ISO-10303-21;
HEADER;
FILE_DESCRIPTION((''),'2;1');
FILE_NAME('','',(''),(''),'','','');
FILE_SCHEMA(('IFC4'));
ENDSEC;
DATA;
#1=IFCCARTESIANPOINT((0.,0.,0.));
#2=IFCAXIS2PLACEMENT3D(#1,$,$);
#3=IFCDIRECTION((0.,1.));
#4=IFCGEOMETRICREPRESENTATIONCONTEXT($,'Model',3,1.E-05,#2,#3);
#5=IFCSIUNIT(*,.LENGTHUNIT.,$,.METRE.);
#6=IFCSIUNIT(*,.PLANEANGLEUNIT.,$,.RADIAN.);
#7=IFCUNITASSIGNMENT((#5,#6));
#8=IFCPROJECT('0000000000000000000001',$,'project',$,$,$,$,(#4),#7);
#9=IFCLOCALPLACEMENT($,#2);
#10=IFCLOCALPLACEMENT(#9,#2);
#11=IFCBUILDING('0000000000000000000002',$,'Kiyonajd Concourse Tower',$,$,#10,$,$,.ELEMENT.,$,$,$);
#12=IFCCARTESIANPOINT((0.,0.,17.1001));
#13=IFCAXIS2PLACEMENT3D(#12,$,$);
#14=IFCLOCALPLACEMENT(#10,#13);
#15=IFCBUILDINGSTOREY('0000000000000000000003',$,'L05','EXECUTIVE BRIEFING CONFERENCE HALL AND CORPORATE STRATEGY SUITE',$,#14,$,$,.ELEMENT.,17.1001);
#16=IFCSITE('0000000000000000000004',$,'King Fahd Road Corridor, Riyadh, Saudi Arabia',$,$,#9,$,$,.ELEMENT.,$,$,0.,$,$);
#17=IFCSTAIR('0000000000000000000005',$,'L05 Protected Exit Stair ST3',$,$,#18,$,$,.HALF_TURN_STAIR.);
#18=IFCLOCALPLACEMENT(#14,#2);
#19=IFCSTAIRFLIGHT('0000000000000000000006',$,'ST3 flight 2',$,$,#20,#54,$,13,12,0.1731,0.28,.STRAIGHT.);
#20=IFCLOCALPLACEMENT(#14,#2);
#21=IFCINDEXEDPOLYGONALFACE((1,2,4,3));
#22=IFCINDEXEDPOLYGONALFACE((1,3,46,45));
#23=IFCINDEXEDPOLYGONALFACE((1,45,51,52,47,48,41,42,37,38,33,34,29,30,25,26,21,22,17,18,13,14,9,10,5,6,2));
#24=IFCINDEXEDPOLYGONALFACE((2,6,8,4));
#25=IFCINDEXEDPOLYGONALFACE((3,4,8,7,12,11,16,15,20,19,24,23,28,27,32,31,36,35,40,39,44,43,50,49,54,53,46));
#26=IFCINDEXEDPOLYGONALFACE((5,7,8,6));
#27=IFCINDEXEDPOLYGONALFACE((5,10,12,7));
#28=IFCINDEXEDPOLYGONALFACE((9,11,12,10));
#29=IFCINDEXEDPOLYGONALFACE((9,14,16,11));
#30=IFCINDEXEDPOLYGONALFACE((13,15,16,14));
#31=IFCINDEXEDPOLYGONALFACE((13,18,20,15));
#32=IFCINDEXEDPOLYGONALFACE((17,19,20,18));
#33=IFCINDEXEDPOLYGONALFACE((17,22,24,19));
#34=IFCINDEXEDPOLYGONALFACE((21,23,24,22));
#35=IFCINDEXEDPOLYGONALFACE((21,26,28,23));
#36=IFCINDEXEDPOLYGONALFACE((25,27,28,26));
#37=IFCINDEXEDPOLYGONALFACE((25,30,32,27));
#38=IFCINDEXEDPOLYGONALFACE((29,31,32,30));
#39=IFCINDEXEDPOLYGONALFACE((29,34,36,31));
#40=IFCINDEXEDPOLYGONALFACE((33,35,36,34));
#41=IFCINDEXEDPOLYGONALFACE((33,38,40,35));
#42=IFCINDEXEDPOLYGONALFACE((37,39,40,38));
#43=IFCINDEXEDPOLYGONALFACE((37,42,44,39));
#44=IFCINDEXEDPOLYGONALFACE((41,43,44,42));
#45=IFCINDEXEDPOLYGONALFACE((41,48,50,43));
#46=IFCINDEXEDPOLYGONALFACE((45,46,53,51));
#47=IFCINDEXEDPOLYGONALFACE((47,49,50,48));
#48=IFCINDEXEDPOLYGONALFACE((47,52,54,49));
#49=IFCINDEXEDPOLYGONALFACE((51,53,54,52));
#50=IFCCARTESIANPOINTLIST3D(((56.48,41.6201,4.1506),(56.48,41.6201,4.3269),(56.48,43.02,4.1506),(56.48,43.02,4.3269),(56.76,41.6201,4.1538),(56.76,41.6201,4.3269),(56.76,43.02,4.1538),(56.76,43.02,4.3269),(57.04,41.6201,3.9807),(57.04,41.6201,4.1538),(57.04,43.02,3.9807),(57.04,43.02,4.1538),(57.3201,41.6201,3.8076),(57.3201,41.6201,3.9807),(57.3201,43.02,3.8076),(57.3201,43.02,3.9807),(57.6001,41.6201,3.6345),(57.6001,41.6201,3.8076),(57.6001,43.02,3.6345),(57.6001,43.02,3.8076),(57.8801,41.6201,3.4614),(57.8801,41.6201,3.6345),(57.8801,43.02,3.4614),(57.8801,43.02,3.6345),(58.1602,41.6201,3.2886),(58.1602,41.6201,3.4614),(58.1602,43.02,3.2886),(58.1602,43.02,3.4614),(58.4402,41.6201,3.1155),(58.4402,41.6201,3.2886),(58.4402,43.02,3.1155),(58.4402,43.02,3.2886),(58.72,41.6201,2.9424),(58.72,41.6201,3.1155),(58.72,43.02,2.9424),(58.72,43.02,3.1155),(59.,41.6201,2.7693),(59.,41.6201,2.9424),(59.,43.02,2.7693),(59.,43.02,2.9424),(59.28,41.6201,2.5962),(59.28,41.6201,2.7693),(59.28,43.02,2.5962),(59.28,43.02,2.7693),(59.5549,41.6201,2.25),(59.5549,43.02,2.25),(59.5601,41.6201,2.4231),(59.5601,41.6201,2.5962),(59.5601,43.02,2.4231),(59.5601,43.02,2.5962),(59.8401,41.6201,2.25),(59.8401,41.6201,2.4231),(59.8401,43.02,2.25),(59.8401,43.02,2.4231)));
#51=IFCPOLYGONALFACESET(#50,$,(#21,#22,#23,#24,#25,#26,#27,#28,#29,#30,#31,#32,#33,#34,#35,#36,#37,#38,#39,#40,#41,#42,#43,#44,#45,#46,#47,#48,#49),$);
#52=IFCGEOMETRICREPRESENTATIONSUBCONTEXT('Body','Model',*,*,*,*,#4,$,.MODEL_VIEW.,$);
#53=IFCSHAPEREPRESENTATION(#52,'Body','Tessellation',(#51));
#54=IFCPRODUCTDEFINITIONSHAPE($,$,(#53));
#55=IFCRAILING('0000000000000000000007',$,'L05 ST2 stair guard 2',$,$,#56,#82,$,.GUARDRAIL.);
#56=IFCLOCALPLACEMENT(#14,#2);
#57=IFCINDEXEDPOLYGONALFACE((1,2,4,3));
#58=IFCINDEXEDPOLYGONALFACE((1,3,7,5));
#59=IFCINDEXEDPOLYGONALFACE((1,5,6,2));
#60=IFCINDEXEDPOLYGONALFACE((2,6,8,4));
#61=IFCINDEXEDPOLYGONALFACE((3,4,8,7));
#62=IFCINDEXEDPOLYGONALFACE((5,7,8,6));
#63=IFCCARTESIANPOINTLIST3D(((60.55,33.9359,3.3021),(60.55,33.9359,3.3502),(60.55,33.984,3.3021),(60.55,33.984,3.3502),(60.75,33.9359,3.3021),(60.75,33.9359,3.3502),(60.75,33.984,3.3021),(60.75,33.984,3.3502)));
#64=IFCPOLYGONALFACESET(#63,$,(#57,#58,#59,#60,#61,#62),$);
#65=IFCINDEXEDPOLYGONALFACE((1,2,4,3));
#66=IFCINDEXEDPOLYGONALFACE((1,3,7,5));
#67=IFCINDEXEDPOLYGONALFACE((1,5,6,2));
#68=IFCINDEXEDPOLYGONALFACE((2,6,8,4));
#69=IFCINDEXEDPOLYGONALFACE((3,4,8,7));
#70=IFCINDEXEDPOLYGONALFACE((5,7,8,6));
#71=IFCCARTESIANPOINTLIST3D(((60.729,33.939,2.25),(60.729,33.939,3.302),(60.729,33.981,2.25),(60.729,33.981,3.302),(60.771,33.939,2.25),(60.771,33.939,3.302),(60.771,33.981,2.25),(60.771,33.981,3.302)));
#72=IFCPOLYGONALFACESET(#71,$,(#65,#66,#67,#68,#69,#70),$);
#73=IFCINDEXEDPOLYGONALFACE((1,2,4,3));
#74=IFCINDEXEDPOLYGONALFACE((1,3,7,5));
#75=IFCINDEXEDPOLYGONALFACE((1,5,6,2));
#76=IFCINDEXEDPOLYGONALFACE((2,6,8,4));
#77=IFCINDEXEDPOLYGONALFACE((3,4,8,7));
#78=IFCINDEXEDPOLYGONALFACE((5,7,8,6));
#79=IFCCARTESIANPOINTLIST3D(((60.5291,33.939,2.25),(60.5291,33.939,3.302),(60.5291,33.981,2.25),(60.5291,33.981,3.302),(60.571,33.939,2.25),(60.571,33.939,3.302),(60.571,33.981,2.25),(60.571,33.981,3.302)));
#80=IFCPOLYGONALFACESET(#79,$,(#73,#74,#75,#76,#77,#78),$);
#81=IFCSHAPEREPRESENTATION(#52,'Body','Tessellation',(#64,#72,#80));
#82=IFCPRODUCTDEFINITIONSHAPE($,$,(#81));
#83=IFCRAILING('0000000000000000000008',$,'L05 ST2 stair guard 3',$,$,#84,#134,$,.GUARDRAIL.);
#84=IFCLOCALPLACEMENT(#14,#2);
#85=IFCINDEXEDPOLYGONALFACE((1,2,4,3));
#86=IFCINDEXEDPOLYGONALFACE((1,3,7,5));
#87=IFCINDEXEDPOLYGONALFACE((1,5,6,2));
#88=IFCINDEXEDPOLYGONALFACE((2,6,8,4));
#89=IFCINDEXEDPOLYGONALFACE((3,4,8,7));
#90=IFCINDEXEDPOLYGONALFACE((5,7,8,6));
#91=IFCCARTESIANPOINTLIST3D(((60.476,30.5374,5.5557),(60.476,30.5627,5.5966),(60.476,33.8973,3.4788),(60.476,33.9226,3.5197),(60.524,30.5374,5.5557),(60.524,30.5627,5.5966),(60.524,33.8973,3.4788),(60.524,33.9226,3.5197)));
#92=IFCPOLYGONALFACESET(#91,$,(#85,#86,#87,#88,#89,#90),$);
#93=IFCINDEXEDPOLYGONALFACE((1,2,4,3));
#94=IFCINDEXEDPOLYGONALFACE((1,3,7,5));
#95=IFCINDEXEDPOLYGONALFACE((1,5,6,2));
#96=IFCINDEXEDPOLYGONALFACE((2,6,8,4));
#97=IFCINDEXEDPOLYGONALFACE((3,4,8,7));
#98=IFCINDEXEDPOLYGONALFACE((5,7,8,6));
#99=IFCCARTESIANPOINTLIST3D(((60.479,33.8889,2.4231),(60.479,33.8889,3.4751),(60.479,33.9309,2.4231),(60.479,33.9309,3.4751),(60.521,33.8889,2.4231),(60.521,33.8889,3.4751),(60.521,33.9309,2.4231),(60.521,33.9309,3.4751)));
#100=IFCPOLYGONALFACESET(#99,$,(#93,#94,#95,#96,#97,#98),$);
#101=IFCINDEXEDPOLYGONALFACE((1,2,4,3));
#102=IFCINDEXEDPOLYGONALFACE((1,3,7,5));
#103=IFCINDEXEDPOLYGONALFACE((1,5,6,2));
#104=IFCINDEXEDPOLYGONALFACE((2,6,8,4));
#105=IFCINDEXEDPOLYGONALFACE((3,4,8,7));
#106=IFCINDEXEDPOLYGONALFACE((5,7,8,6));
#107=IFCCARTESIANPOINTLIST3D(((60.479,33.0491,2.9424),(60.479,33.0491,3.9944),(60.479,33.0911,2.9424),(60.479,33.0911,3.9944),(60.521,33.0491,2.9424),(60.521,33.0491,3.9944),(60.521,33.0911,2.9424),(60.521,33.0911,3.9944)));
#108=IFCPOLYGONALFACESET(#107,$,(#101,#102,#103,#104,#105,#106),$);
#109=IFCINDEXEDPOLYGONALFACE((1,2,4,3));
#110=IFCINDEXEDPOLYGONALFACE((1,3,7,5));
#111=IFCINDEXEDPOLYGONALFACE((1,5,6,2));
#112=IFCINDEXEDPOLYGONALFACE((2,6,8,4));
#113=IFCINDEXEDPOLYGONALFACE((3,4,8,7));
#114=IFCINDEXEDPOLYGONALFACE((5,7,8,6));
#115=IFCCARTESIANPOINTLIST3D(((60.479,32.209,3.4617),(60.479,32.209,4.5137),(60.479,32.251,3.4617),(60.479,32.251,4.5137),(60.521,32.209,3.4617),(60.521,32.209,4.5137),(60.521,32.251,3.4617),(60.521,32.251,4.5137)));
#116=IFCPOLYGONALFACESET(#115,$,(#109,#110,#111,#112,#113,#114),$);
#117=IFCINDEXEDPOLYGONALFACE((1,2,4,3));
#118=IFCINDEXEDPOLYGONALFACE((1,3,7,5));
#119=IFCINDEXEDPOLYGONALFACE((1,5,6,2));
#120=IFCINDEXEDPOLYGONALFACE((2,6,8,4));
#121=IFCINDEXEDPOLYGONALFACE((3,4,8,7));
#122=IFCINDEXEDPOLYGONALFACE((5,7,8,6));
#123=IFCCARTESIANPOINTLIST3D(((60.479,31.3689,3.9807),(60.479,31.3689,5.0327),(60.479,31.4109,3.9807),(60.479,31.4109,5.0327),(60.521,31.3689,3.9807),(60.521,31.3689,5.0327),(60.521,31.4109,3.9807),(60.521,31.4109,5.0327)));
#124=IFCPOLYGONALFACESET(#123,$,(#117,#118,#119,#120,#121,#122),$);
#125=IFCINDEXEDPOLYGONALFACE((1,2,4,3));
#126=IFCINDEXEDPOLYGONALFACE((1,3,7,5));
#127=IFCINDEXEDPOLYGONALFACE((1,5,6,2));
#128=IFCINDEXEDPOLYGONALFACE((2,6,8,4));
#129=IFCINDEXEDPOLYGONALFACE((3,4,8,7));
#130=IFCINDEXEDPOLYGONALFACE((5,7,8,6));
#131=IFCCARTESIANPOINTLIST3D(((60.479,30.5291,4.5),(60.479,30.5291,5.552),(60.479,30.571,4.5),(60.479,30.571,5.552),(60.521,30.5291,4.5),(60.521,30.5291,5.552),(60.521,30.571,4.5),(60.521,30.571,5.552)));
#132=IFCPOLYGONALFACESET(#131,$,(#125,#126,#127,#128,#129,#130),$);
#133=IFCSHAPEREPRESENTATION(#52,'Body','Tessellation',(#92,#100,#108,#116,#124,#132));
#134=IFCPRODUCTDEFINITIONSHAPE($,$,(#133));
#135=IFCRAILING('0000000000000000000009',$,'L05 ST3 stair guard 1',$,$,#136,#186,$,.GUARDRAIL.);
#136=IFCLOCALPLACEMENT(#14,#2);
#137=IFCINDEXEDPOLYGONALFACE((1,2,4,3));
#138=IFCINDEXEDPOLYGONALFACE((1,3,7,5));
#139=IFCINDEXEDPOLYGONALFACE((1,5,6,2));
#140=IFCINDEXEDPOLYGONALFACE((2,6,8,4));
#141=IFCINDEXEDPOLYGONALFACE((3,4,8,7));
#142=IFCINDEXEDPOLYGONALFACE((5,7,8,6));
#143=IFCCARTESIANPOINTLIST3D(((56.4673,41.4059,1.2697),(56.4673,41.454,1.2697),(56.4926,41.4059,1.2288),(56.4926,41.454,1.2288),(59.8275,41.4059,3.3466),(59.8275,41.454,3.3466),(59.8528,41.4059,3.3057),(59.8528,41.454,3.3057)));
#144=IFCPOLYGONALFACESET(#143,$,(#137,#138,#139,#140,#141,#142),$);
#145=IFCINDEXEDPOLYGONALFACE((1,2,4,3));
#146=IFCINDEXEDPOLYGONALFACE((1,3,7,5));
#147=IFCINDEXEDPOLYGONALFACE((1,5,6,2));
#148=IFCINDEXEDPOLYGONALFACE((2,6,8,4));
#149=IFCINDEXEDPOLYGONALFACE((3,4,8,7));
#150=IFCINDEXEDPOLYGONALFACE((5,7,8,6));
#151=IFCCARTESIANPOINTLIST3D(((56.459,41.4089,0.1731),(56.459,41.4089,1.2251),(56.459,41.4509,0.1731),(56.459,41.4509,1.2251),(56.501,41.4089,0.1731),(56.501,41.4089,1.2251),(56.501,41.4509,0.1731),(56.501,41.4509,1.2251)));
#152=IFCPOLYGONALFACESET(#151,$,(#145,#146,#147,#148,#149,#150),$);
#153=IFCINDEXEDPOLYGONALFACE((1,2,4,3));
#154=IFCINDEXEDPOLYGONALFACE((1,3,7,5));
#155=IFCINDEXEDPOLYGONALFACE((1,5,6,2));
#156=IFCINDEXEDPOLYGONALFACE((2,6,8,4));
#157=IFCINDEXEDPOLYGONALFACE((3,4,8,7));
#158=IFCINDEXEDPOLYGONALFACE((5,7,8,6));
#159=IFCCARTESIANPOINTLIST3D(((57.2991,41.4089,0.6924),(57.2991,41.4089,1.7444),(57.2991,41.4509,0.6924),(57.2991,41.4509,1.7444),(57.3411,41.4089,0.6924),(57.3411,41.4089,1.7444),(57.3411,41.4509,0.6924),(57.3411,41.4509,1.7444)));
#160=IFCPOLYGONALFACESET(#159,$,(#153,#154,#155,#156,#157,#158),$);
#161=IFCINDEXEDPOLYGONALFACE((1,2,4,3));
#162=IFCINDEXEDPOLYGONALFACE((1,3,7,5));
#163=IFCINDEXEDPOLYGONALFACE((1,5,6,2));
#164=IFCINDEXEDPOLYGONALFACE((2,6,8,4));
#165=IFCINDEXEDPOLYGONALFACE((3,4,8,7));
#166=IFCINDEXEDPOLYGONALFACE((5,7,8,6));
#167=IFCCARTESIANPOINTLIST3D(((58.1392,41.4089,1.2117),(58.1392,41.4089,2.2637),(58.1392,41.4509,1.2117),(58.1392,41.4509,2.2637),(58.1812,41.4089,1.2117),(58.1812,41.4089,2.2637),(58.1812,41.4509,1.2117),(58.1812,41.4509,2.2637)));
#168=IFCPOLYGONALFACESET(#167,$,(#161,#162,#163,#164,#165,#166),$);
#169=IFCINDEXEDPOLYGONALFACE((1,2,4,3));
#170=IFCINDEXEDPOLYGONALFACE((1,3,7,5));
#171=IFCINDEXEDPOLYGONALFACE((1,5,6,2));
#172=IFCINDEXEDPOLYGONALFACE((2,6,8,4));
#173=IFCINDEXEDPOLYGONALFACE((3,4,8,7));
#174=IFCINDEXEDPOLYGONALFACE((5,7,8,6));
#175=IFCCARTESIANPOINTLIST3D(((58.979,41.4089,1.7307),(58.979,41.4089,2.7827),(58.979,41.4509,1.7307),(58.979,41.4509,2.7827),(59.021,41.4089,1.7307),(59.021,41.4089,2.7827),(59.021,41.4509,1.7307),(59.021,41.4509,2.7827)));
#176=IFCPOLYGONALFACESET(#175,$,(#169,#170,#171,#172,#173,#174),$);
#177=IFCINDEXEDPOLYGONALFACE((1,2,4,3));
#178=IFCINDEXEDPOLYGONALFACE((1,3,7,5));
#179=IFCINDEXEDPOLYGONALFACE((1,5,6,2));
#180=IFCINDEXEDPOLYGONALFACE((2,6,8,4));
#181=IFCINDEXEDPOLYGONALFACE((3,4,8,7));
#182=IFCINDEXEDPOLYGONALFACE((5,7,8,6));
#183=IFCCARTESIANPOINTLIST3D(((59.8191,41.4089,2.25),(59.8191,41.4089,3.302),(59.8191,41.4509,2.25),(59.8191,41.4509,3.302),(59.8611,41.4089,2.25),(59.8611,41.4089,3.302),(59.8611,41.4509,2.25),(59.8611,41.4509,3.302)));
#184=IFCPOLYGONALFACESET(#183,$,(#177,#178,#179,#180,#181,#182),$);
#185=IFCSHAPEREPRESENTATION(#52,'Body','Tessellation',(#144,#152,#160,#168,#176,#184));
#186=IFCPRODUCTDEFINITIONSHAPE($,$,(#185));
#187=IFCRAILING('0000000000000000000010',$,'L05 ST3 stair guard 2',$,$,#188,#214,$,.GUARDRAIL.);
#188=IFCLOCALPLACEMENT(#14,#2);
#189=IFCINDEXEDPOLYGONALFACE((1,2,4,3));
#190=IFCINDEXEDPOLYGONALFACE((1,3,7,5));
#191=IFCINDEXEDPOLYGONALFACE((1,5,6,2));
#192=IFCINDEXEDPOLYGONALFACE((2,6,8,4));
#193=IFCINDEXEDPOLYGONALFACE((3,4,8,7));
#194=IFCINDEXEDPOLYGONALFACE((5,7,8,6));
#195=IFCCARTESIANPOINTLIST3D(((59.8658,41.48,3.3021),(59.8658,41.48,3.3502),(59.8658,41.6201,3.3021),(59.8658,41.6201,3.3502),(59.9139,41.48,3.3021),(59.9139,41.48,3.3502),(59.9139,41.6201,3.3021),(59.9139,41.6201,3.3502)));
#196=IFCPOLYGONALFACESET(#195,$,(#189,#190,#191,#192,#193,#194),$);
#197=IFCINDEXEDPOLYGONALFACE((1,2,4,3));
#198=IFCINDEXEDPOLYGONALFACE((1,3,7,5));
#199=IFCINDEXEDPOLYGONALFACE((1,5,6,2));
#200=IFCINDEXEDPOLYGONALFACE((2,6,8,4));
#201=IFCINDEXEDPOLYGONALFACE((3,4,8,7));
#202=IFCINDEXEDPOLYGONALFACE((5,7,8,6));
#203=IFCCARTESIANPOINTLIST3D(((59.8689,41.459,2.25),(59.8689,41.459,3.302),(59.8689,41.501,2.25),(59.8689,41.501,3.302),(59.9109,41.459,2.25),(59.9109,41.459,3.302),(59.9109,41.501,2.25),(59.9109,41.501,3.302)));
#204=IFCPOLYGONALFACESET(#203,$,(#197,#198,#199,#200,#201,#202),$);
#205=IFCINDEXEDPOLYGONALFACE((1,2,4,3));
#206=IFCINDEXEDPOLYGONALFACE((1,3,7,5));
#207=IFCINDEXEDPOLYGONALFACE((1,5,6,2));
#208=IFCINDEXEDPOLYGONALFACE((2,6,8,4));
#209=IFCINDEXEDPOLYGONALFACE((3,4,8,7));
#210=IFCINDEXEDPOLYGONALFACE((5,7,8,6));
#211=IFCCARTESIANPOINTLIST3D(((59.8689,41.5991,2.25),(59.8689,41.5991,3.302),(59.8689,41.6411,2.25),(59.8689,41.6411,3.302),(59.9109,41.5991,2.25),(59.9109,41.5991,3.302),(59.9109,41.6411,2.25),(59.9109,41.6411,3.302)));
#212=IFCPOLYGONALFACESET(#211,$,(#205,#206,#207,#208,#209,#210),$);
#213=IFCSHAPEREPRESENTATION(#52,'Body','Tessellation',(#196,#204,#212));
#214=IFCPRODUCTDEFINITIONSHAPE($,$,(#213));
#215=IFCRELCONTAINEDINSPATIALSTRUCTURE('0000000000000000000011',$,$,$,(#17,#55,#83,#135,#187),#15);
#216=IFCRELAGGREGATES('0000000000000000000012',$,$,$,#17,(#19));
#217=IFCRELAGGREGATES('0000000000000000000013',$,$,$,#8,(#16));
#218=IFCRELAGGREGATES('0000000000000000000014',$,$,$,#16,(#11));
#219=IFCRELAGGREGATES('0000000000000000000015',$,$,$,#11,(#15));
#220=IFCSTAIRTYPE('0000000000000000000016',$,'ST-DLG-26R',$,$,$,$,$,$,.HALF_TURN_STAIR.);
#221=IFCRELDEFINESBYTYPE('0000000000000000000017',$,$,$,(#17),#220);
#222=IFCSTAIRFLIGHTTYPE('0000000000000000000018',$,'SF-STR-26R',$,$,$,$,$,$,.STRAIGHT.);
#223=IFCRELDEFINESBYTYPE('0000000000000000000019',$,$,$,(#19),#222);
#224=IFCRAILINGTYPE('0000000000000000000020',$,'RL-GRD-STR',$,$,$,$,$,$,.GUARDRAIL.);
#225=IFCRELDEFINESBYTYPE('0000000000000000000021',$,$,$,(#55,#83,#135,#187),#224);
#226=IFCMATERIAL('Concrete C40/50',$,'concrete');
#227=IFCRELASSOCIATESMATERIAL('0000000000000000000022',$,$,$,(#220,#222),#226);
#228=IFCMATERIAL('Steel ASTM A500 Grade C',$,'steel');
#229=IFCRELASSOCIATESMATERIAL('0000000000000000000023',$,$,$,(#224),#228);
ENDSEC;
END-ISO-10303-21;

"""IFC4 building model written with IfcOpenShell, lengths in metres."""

from ifc_helpers import new_model, si_unit, direction, frame, origin, origin_2d, place, context, subcontext, project, spatial, polyline, rectangle, outline, extrude, material, type_object, element, aggregate, save


model = new_model("IFC4")

# Units and contexts
model_context = context("Model", 3, precision=1e-05, world=origin(), true_north=direction((0.0, 1.0)))
body_context = subcontext(model_context, "Body", "Model", "MODEL_VIEW")
ifc_project = project(units=[si_unit("LENGTHUNIT", "METRE"), si_unit("PLANEANGLEUNIT", "RADIAN")], contexts=[model_context])

# Site, building, storey
site_placement = place(None, origin())
site = spatial("IfcSite", under=ifc_project, at=site_placement, Name="King Fahd Road Corridor, Riyadh, Saudi Arabia", CompositionType="ELEMENT", RefElevation=0.0)
building_placement = place(site_placement, origin())
building = spatial("IfcBuilding", under=site, at=building_placement, Name="Kiyonajd Concourse Tower", CompositionType="ELEMENT")
storey_placement = place(building_placement, frame((0.0, 0.0, 17.1001)))
storey = spatial("IfcBuildingStorey", under=building, at=storey_placement, Name="L05", Description="EXECUTIVE BRIEFING CONFERENCE HALL AND CORPORATE STRATEGY SUITE", CompositionType="ELEMENT", Elevation=17.1001)

# Shared definitions
ifc_material_1 = material(Name="Concrete C40/50", Category="concrete")
stair_type = type_object("IfcStairType", Name="ST-DLG-26R", PredefinedType="HALF_TURN_STAIR", material=ifc_material_1)
stair_flight_type = type_object("IfcStairFlightType", Name="SF-STR-26R", PredefinedType="STRAIGHT", material=ifc_material_1)

# Stair, stair flight
stair_1_placement = place(storey_placement, origin())
stair_1 = element("IfcStair", 1, at=stair_1_placement, inside=storey, type_object=stair_type, Name="L05 Protected Exit Stair ST3", PredefinedType="HALF_TURN_STAIR")
stair_flight_1_placement = place(storey_placement, frame((59.8401, 42.3201, 2.25), z_axis=(0.0, 0.0, 1.0), x_axis=(-1.0, 0.0, 0.0)))
stair_flight_1 = element("IfcStairFlight", 2, at=stair_flight_1_placement, type_object=stair_flight_type, Name="ST3 flight 2", NumberOfRisers=13, NumberOfTreads=12, PredefinedType="STRAIGHT", RiserHeight=0.1731, TreadLength=0.28, context=body_context, shape_type="SweptSolid", body=[
    extrude(outline(polyline([(0.0, 0.0), (0.0, 0.1731), (0.28, 0.1731), (0.28, 0.3462), (0.5601, 0.3462), (0.5601, 0.5193), (0.8401, 0.5193), (0.8401, 0.6924), (1.1201, 0.6924), (1.1201, 0.8655), (1.3999, 0.8655), (1.3999, 1.0386), (1.6799, 1.0386), (1.6799, 1.2114), (1.96, 1.2114), (1.96, 1.3845), (2.24, 1.3845), (2.24, 1.5576), (2.52, 1.5576), (2.52, 1.7307), (2.8, 1.7307), (2.8, 1.9038), (3.0801, 1.9038), (3.0801, 2.0769), (3.3601, 2.0769), (3.3601, 2.25), (3.3601, 1.9006), (0.2852, 0.0), (0.0, 0.0)])), frame((0.0, 0.7, 0.0), z_axis=(0.0, -1.0, 0.0), x_axis=(1.0, 0.0, 0.0)), (0.0, 0.0, 1.0), 1.3999),
])
aggregate(stair_1, [stair_flight_1])

# Railings
ifc_material_2 = material(Name="Steel ASTM A500 Grade C", Category="steel")
railing_type_1 = type_object("IfcRailingType", Name="RL-GRD-STR", PredefinedType="GUARDRAIL", material=ifc_material_2)
railing_1_placement = place(storey_placement, frame((60.75, 33.96, 2.25)))
element("IfcRailing", 3, at=railing_1_placement, inside=storey, type_object=railing_type_1, Name="L05 ST2 stair guard 2", PredefinedType="GUARDRAIL", context=body_context, shape_type="SweptSolid", body=[
    extrude(rectangle(XDim=0.0481, YDim=0.0481, at=origin_2d()), frame((0.0, 0.0, 1.0762), z_axis=(-1.0, 0.0, 0.0), x_axis=(0.0, -1.0, 0.0)), (0.0, 0.0, 1.0), 0.2),
    extrude(rectangle(XDim=0.042, YDim=0.042, at=origin_2d()), origin(), (0.0, 0.0, 1.0), 1.052),
    extrude(rectangle(XDim=0.042, YDim=0.042, at=origin_2d()), frame((-0.2, 0.0, 0.0)), (0.0, 0.0, 1.0), 1.052),
])
railing_2_placement = place(storey_placement, frame((60.5, 33.9099, 2.4231)))
element("IfcRailing", 4, at=railing_2_placement, inside=storey, type_object=railing_type_1, Name="L05 ST2 stair guard 3", PredefinedType="GUARDRAIL", context=body_context, shape_type="SweptSolid", body=[
    extrude(rectangle(XDim=0.0481, YDim=0.0481, at=origin_2d()), frame((0.0, 0.0, 1.0762), z_axis=(0.0, -0.850606, 0.525803), x_axis=(1.0, 0.0, 0.0)), (0.0, 0.0, 1.0), 3.95),
    extrude(rectangle(XDim=0.042, YDim=0.042, at=origin_2d()), origin(), (0.0, 0.0, 1.0), 1.052),
    extrude(rectangle(XDim=0.042, YDim=0.042, at=origin_2d()), frame((0.0, -0.8398, 0.5193)), (0.0, 0.0, 1.0), 1.052),
    extrude(rectangle(XDim=0.042, YDim=0.042, at=origin_2d()), frame((0.0, -1.6799, 1.0386)), (0.0, 0.0, 1.0), 1.052),
    extrude(rectangle(XDim=0.042, YDim=0.042, at=origin_2d()), frame((0.0, -2.52, 1.5576)), (0.0, 0.0, 1.0), 1.052),
    extrude(rectangle(XDim=0.042, YDim=0.042, at=origin_2d()), frame((0.0, -3.3599, 2.0769)), (0.0, 0.0, 1.0), 1.052),
])
railing_3_placement = place(storey_placement, frame((56.48, 41.4299, 0.1731)))
element("IfcRailing", 5, at=railing_3_placement, inside=storey, type_object=railing_type_1, Name="L05 ST3 stair guard 1", PredefinedType="GUARDRAIL", context=body_context, shape_type="SweptSolid", body=[
    extrude(rectangle(XDim=0.0481, YDim=0.0481, at=origin_2d()), frame((0.0, 0.0, 1.0762), z_axis=(0.850623, 0.0, 0.525776), x_axis=(0.0, 1.0, 0.0)), (0.0, 0.0, 1.0), 3.9502),
    extrude(rectangle(XDim=0.042, YDim=0.042, at=origin_2d()), origin(), (0.0, 0.0, 1.0), 1.052),
    extrude(rectangle(XDim=0.042, YDim=0.042, at=origin_2d()), frame((0.8401, 0.0, 0.5193)), (0.0, 0.0, 1.0), 1.052),
    extrude(rectangle(XDim=0.042, YDim=0.042, at=origin_2d()), frame((1.6802, 0.0, 1.0386)), (0.0, 0.0, 1.0), 1.052),
    extrude(rectangle(XDim=0.042, YDim=0.042, at=origin_2d()), frame((2.52, 0.0, 1.5576)), (0.0, 0.0, 1.0), 1.052),
    extrude(rectangle(XDim=0.042, YDim=0.042, at=origin_2d()), frame((3.3601, 0.0, 2.0769)), (0.0, 0.0, 1.0), 1.052),
])
railing_4_placement = place(storey_placement, frame((59.8899, 41.48, 2.25)))
element("IfcRailing", 6, at=railing_4_placement, inside=storey, type_object=railing_type_1, Name="L05 ST3 stair guard 2", PredefinedType="GUARDRAIL", context=body_context, shape_type="SweptSolid", body=[
    extrude(rectangle(XDim=0.0481, YDim=0.0481, at=origin_2d()), frame((0.0, 0.0, 1.0762), z_axis=(0.0, 1.0, 0.0), x_axis=(-1.0, 0.0, 0.0)), (0.0, 0.0, 1.0), 0.1401),
    extrude(rectangle(XDim=0.042, YDim=0.042, at=origin_2d()), origin(), (0.0, 0.0, 1.0), 1.052),
    extrude(rectangle(XDim=0.042, YDim=0.042, at=origin_2d()), frame((0.0, 0.1401, 0.0)), (0.0, 0.0, 1.0), 1.052),
])

save(model, "model.ifc")
